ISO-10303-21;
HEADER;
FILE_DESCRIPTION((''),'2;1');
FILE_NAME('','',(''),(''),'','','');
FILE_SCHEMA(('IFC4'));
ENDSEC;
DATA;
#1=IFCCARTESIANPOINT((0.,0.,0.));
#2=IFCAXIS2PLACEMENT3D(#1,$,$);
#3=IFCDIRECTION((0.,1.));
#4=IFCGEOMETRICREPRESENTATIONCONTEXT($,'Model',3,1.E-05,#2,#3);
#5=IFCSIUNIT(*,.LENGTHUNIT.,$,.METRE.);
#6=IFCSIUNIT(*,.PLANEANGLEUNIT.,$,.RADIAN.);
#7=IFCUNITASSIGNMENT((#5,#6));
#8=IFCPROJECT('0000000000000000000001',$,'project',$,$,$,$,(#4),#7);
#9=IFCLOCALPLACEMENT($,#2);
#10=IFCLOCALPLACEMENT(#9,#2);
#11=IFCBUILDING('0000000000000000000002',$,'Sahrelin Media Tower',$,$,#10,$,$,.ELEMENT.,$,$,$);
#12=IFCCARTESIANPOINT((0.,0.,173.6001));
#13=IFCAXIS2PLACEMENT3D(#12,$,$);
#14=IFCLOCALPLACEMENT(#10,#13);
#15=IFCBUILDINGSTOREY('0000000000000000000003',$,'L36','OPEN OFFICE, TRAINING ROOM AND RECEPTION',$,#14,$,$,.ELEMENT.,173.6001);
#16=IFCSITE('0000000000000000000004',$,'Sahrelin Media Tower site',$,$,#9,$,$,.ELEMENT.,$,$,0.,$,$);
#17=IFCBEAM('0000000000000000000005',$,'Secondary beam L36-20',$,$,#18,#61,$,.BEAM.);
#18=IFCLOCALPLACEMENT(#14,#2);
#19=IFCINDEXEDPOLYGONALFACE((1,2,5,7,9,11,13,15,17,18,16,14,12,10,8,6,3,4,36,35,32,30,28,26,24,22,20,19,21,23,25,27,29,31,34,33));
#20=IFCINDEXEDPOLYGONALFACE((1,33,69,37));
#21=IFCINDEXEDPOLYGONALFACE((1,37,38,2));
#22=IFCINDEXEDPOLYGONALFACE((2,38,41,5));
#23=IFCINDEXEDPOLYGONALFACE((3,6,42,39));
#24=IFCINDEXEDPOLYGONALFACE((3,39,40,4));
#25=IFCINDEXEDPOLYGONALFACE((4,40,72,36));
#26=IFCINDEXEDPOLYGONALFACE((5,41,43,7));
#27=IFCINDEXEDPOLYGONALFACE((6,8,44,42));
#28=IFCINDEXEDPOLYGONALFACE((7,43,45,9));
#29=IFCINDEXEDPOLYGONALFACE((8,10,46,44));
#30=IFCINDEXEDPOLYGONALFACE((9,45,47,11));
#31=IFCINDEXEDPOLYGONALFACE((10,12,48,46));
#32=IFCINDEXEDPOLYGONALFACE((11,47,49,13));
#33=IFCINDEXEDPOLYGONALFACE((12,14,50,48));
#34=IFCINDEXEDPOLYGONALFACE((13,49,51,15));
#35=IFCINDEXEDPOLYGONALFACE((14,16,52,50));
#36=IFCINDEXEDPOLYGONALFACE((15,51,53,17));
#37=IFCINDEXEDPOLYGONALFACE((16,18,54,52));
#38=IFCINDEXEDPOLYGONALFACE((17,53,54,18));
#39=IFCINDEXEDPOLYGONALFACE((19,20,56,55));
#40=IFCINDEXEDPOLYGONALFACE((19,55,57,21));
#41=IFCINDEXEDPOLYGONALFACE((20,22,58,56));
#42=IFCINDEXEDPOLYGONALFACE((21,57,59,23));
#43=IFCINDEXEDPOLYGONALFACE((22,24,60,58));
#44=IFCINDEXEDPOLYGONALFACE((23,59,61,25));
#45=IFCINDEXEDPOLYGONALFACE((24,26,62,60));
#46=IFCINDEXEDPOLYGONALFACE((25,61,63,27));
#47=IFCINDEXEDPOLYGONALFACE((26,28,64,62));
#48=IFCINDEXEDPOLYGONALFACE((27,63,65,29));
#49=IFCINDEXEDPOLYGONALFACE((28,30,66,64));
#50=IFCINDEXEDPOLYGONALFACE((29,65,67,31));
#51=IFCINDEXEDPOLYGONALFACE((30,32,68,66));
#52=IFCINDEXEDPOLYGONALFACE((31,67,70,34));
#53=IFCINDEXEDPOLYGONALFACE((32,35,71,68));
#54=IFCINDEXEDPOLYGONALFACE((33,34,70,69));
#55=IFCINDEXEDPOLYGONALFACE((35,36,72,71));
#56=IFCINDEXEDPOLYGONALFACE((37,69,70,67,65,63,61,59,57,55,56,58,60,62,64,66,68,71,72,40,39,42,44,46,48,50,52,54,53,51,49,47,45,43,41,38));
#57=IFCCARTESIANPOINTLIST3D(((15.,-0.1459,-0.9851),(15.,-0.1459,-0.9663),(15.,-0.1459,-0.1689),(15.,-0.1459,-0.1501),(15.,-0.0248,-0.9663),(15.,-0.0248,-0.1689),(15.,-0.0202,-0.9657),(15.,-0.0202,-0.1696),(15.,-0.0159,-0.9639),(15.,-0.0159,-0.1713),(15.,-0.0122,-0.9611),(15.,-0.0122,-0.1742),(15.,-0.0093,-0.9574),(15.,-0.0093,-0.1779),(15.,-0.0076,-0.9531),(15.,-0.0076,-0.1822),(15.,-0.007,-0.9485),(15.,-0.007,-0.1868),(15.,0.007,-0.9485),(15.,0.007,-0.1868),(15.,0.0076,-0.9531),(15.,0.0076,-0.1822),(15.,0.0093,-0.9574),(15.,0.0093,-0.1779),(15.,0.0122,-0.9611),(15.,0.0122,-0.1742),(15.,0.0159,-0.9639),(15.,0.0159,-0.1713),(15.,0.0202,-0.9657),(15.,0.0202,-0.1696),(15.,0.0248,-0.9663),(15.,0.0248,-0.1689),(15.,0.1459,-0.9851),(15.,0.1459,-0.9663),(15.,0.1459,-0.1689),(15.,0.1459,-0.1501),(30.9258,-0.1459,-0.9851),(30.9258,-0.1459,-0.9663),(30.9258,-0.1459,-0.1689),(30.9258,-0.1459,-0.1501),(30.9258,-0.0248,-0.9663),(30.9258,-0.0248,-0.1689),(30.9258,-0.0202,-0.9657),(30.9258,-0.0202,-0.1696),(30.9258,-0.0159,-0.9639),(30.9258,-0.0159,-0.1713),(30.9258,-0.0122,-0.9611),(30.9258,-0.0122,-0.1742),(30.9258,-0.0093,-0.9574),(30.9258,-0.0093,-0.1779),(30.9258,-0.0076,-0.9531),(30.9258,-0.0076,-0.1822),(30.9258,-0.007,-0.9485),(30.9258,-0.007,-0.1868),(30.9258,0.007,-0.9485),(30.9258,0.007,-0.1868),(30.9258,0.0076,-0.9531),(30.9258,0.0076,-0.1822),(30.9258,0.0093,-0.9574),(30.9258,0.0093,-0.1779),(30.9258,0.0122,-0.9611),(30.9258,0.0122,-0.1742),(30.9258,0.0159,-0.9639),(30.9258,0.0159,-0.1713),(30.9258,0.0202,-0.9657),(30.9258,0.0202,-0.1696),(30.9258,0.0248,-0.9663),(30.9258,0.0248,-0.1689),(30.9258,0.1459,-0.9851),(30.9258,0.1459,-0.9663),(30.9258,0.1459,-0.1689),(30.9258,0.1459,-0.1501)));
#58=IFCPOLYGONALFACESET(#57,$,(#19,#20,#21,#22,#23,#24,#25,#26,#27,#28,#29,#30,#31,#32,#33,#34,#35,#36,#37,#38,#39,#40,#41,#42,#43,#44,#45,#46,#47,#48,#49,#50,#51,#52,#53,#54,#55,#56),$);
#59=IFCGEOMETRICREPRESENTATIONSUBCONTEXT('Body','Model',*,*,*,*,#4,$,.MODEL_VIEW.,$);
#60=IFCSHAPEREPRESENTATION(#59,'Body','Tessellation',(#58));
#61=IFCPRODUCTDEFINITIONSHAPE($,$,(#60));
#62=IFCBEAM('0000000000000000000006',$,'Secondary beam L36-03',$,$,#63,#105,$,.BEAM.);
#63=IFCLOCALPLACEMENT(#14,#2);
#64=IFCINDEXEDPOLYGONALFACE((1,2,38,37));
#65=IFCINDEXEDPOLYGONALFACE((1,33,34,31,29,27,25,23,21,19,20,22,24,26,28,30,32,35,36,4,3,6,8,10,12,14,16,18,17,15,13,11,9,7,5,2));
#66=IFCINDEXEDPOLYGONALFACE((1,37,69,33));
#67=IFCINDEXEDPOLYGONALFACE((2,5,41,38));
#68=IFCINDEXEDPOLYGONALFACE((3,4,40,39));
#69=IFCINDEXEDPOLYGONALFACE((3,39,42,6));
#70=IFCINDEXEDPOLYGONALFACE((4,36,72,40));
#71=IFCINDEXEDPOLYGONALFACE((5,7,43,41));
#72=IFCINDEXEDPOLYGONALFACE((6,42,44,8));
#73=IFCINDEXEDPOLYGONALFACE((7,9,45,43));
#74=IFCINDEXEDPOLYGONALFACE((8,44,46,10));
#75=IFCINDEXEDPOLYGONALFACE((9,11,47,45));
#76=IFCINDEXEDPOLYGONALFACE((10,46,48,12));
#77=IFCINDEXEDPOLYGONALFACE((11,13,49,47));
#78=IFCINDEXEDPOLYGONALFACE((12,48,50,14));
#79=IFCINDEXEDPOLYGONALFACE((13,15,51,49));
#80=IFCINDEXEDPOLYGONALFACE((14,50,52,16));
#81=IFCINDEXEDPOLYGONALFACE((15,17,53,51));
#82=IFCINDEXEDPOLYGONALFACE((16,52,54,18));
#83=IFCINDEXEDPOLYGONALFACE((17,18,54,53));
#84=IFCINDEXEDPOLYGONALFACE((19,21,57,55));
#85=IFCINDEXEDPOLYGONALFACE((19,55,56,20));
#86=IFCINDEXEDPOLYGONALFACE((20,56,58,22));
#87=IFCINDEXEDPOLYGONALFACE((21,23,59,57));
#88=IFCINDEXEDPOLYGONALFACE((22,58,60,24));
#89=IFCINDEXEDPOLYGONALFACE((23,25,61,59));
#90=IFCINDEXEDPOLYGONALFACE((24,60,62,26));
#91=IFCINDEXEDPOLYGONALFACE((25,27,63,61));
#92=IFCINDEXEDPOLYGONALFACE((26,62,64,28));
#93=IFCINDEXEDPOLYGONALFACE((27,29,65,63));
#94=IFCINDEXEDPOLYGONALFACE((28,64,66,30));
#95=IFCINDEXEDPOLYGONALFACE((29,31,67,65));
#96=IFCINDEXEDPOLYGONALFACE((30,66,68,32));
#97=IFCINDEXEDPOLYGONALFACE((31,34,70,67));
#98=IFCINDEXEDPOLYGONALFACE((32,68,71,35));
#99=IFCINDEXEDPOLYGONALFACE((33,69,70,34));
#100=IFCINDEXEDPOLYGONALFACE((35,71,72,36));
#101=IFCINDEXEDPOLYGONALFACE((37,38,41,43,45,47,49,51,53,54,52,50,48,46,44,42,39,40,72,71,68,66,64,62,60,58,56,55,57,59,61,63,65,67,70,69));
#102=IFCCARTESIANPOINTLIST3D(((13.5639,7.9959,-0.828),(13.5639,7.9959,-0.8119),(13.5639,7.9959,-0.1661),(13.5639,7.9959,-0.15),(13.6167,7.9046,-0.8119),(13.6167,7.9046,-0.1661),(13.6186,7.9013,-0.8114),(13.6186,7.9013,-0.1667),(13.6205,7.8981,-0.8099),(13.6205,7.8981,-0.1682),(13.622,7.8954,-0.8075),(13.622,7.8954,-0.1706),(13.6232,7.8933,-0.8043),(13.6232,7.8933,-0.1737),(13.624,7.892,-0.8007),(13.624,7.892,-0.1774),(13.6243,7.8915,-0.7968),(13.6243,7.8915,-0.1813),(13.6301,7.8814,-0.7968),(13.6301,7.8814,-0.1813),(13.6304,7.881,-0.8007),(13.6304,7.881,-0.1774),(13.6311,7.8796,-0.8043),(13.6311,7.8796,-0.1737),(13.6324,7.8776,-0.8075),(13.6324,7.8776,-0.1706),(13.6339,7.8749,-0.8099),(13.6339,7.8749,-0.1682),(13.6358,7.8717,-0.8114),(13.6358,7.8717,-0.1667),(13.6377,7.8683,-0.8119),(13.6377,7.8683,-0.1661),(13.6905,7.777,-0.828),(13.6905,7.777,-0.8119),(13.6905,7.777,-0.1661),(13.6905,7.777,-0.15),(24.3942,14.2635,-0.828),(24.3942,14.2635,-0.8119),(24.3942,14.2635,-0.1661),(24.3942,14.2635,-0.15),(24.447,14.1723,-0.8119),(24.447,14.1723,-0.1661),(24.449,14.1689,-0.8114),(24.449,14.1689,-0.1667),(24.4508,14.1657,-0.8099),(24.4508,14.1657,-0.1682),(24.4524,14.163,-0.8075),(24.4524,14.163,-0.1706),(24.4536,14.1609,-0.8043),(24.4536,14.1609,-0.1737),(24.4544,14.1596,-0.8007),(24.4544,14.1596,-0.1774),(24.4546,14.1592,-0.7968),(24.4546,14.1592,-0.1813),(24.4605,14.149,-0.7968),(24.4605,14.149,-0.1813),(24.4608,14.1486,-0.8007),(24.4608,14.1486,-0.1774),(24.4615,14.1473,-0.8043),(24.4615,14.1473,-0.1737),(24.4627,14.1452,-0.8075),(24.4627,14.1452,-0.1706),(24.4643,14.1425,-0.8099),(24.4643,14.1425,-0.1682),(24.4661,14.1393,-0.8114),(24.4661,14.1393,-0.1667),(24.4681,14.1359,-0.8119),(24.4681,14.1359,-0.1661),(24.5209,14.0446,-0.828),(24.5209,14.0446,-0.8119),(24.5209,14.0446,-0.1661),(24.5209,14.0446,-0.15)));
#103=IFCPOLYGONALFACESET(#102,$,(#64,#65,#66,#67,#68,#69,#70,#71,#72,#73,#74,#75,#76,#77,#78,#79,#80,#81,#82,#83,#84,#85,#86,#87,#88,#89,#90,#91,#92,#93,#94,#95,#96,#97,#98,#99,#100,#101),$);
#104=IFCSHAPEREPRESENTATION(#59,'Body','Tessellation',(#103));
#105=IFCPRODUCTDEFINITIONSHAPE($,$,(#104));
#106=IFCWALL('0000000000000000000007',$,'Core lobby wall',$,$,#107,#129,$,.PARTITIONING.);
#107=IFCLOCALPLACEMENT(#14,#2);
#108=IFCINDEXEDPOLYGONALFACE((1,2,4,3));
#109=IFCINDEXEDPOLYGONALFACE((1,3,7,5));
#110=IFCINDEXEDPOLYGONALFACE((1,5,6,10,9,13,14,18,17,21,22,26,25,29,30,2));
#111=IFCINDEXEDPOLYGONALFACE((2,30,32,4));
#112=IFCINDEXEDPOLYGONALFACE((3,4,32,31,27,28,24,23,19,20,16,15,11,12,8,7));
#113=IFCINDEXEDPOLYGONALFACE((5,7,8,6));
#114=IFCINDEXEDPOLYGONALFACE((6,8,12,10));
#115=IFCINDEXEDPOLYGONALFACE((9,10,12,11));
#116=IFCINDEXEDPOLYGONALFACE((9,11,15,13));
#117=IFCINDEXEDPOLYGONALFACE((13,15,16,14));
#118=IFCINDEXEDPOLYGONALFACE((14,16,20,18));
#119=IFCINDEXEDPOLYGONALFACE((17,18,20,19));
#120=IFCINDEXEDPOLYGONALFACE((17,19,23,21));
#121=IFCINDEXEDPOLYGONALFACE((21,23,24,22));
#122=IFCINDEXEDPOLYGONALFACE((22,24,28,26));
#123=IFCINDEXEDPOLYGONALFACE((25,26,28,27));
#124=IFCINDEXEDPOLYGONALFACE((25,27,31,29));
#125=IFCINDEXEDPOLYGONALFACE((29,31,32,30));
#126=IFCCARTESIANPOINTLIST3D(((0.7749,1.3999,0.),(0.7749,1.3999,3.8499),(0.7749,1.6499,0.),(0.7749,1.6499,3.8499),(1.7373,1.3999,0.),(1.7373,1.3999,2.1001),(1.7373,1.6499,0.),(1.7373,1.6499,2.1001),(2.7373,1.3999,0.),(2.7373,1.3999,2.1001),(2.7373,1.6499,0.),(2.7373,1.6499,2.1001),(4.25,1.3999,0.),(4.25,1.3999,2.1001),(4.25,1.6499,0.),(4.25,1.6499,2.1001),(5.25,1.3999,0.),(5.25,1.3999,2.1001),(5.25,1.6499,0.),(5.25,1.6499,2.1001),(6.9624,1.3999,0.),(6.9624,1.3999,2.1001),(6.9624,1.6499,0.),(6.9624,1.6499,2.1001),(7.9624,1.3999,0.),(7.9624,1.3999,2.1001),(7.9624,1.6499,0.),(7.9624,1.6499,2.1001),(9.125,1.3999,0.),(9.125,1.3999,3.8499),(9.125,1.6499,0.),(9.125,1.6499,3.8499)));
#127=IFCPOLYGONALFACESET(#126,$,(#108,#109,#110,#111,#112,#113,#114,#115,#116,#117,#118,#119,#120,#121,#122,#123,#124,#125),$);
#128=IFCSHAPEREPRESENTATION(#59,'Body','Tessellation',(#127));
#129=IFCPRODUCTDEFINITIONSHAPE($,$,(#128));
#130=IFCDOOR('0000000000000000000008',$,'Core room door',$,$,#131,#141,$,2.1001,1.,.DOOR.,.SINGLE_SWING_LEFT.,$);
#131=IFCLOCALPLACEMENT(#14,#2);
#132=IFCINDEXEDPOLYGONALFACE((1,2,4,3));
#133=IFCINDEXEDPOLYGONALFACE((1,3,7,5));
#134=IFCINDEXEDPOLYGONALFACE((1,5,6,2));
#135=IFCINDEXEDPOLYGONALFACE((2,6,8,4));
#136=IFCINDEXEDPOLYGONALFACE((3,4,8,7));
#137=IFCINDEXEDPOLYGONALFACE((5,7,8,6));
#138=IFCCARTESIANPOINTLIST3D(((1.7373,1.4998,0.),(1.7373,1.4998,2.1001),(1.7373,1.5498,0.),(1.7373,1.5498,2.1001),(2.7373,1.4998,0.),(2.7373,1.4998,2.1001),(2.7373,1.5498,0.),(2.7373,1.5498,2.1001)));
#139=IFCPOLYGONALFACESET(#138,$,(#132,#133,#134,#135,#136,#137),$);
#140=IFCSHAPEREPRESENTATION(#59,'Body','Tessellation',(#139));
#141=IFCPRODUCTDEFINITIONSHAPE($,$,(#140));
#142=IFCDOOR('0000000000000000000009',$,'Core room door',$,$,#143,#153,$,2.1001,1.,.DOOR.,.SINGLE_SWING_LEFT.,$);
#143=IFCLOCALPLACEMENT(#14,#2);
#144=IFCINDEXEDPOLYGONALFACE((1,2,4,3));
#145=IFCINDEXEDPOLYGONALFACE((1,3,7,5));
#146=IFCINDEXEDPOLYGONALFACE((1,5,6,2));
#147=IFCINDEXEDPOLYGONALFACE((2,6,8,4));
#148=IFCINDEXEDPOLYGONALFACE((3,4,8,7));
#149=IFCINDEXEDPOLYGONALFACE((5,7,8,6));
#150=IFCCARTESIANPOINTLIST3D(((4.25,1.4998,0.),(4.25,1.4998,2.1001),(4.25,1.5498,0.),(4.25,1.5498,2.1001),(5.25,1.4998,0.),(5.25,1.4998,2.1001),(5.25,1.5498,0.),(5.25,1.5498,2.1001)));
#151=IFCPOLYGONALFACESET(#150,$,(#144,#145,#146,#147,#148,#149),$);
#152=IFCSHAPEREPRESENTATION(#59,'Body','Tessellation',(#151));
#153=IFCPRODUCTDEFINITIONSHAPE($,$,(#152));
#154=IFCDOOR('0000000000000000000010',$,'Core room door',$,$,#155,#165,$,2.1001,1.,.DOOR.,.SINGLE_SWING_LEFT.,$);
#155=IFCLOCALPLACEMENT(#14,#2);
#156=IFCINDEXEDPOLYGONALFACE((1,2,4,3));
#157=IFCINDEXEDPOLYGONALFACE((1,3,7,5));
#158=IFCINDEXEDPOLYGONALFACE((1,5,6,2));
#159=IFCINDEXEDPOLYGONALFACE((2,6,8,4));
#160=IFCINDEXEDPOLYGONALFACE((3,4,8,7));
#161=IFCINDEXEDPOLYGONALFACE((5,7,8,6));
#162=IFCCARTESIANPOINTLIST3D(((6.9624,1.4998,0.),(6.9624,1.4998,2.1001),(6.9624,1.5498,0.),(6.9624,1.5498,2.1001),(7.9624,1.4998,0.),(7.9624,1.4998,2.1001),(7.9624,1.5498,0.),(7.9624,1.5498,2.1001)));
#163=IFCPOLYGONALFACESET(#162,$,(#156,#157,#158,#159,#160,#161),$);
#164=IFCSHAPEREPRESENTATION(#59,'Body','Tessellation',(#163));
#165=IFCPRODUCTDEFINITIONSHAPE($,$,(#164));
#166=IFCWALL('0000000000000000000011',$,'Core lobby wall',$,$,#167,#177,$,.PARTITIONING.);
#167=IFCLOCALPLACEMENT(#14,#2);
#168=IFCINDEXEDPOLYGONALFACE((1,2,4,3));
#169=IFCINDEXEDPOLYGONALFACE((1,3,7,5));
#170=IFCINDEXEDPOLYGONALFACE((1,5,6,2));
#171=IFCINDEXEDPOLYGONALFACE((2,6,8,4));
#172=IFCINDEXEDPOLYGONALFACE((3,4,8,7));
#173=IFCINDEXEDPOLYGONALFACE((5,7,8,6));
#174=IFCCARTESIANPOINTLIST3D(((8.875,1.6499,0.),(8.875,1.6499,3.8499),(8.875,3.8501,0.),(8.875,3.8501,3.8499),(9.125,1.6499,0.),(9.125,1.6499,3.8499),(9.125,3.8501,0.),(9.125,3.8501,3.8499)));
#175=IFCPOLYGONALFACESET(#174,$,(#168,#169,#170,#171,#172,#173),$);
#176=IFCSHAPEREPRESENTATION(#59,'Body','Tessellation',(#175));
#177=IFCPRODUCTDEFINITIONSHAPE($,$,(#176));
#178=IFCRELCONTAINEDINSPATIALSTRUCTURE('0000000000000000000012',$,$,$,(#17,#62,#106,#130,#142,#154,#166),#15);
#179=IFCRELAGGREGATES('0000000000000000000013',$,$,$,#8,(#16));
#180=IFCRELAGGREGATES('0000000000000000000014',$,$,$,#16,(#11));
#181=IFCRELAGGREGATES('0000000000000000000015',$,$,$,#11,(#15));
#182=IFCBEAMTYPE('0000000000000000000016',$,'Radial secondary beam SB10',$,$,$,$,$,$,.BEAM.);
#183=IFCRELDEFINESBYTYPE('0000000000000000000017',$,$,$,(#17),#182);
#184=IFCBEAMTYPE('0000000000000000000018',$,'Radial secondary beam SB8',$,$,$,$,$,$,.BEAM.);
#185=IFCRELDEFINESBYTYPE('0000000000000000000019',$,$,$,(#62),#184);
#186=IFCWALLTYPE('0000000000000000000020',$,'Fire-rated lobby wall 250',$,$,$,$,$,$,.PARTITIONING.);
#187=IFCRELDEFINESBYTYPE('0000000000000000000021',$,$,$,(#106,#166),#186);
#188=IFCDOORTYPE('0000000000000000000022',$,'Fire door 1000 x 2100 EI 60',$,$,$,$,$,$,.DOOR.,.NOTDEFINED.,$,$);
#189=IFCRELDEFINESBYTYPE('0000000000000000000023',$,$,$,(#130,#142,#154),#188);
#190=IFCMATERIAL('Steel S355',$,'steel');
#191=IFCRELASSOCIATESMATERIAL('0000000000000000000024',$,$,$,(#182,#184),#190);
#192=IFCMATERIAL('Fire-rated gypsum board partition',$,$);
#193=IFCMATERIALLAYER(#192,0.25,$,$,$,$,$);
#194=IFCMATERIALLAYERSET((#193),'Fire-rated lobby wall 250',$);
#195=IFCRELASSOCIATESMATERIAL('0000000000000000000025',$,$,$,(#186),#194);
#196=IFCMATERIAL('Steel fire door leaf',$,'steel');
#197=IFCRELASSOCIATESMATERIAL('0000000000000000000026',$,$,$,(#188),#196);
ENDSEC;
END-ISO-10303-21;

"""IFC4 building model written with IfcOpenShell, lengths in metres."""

from ifc_helpers import new_model, si_unit, direction, frame, frame_2d, origin, origin_2d, place, context, subcontext, project, spatial, rectangle, i_section, extrude, material, layer, layer_set, material_profile, profile_set, type_object, element, fill, save


model = new_model("IFC4")

# Units and contexts
model_context = context("Model", 3, precision=1e-05, world=origin(), true_north=direction((0.0, 1.0)))
body_context = subcontext(model_context, "Body", "Model", "MODEL_VIEW")
ifc_project = project(units=[si_unit("LENGTHUNIT", "METRE"), si_unit("PLANEANGLEUNIT", "RADIAN")], contexts=[model_context])

# Site, building, storey
site_placement = place(None, origin())
site = spatial("IfcSite", under=ifc_project, at=site_placement, Name="Sahrelin Media Tower site", CompositionType="ELEMENT", RefElevation=0.0)
building_placement = place(site_placement, origin())
building = spatial("IfcBuilding", under=site, at=building_placement, Name="Sahrelin Media Tower", CompositionType="ELEMENT")
storey_placement = place(building_placement, frame((0.0, 0.0, 173.6001)))
storey = spatial("IfcBuildingStorey", under=building, at=storey_placement, Name="L36", Description="OPEN OFFICE, TRAINING ROOM AND RECEPTION", CompositionType="ELEMENT", Elevation=173.6001)

# Beams
ifc_material_1 = material(Name="Steel S355", Category="steel")
ifc_material_profile_1 = material_profile(ifc_material_1, i_section(OverallWidth=0.2917, OverallDepth=0.835, WebThickness=0.0139, FlangeThickness=0.0188, FilletRadius=0.0178, at=origin_2d()), Name="UB 838x292x176")
ifc_profile_set_1 = profile_set([ifc_material_profile_1], Name="Steel S355")
beam_type_1 = type_object("IfcBeamType", Name="Radial secondary beam SB10", PredefinedType="BEAM", material=ifc_profile_set_1)
beam_1_placement = place(storey_placement, frame((15.0, 0.0, -0.5676), z_axis=(1.0, 0.0, 0.0), x_axis=(0.0, 1.0, 0.0)))
element("IfcBeam", 1, at=beam_1_placement, inside=storey, type_object=beam_type_1, Name="Secondary beam L36-20", PredefinedType="BEAM", context=body_context, shape_type="SweptSolid", body=[
    extrude(i_section(OverallWidth=0.2917, OverallDepth=0.835, WebThickness=0.0139, FlangeThickness=0.0188, FilletRadius=0.0178, at=origin_2d()), origin(), (0.0, 0.0, 1.0), 15.9258),
])
ifc_material_profile_2 = material_profile(ifc_material_1, i_section(OverallWidth=0.2529, OverallDepth=0.678, WebThickness=0.0117, FlangeThickness=0.0161, FilletRadius=0.0151, at=origin_2d()), Name="UB 686x254x125")
ifc_profile_set_2 = profile_set([ifc_material_profile_2], Name="Steel S355")
beam_type_2 = type_object("IfcBeamType", Name="Radial secondary beam SB8", PredefinedType="BEAM", material=ifc_profile_set_2)
beam_2_placement = place(storey_placement, frame((13.6272, 7.8865, -0.489), z_axis=(0.865517, 0.50088, 0.0), x_axis=(-0.50088, 0.865517, 0.0)))
element("IfcBeam", 2, at=beam_2_placement, inside=storey, type_object=beam_type_2, Name="Secondary beam L36-03", PredefinedType="BEAM", context=body_context, shape_type="SweptSolid", body=[
    extrude(i_section(OverallWidth=0.2529, OverallDepth=0.678, WebThickness=0.0117, FlangeThickness=0.0161, FilletRadius=0.0151, at=origin_2d()), origin(), (0.0, 0.0, 1.0), 12.5132),
])

# Wall, openings, doors
ifc_material_2 = material(Name="Fire-rated gypsum board partition")
ifc_layer_1 = layer(ifc_material_2, 0.25)
ifc_layer_set_1 = layer_set([ifc_layer_1], Name="Fire-rated lobby wall 250")
wall_type_1 = type_object("IfcWallType", Name="Fire-rated lobby wall 250", PredefinedType="PARTITIONING", material=ifc_layer_set_1)
wall_1_placement = place(storey_placement, frame((0.7749, 1.5249, 0.0), z_axis=(0.0, 0.0, 1.0), x_axis=(1.0, 0.0, 0.0)))
wall_1 = element("IfcWall", 3, at=wall_1_placement, inside=storey, type_object=wall_type_1, Name="Core lobby wall", PredefinedType="PARTITIONING", context=body_context, shape_type="SweptSolid", body=[
    extrude(rectangle(XDim=8.3501, YDim=0.25, at=frame_2d((4.175, 0.0))), origin(), (0.0, 0.0, 1.0), 3.8499),
])
opening_1_placement = place(wall_1_placement, frame((0.9624, 0.0, 0.0)))
opening_1 = element("IfcOpeningElement", 4, at=opening_1_placement, cuts=wall_1, PredefinedType="OPENING", context=body_context, shape_type="SweptSolid", body=[
    extrude(rectangle(XDim=1.0, YDim=2.1001, at=frame_2d((0.5, 1.05))), frame((0.0, 0.125, 0.0), z_axis=(0.0, -1.0, 0.0), x_axis=(1.0, 0.0, 0.0)), (0.0, 0.0, 1.0), 0.25),
])
opening_2_placement = place(wall_1_placement, frame((3.4751, 0.0, 0.0)))
opening_2 = element("IfcOpeningElement", 5, at=opening_2_placement, cuts=wall_1, PredefinedType="OPENING", context=body_context, shape_type="SweptSolid", body=[
    extrude(rectangle(XDim=1.0, YDim=2.1001, at=frame_2d((0.5, 1.05))), frame((0.0, 0.125, 0.0), z_axis=(0.0, -1.0, 0.0), x_axis=(1.0, 0.0, 0.0)), (0.0, 0.0, 1.0), 0.25),
])
opening_3_placement = place(wall_1_placement, frame((6.1875, 0.0, 0.0)))
opening_3 = element("IfcOpeningElement", 6, at=opening_3_placement, cuts=wall_1, PredefinedType="OPENING", context=body_context, shape_type="SweptSolid", body=[
    extrude(rectangle(XDim=1.0, YDim=2.1001, at=frame_2d((0.5, 1.05))), frame((0.0, 0.125, 0.0), z_axis=(0.0, -1.0, 0.0), x_axis=(1.0, 0.0, 0.0)), (0.0, 0.0, 1.0), 0.25),
])
ifc_material_3 = material(Name="Steel fire door leaf", Category="steel")
door_type_1 = type_object("IfcDoorType", Name="Fire door 1000 x 2100 EI 60", OperationType="NOTDEFINED", PredefinedType="DOOR", material=ifc_material_3)
door_1_placement = place(opening_1_placement, origin())
door_1 = element("IfcDoor", 7, at=door_1_placement, inside=storey, type_object=door_type_1, Name="Core room door", OperationType="SINGLE_SWING_LEFT", OverallHeight=2.1001, OverallWidth=1.0, PredefinedType="DOOR", context=body_context, shape_type="SweptSolid", body=[
    extrude(rectangle(XDim=1.0, YDim=2.1001, at=frame_2d((0.5, 1.05))), frame((0.0, 0.0249, 0.0), z_axis=(0.0, -1.0, 0.0), x_axis=(1.0, 0.0, 0.0)), (0.0, 0.0, 1.0), 0.05),
])
fill(opening_1, door_1)
door_2_placement = place(opening_2_placement, origin())
door_2 = element("IfcDoor", 8, at=door_2_placement, inside=storey, type_object=door_type_1, Name="Core room door", OperationType="SINGLE_SWING_LEFT", OverallHeight=2.1001, OverallWidth=1.0, PredefinedType="DOOR", context=body_context, shape_type="SweptSolid", body=[
    extrude(rectangle(XDim=1.0, YDim=2.1001, at=frame_2d((0.5, 1.05))), frame((0.0, 0.0249, 0.0), z_axis=(0.0, -1.0, 0.0), x_axis=(1.0, 0.0, 0.0)), (0.0, 0.0, 1.0), 0.05),
])
fill(opening_2, door_2)
door_3_placement = place(opening_3_placement, origin())
door_3 = element("IfcDoor", 9, at=door_3_placement, inside=storey, type_object=door_type_1, Name="Core room door", OperationType="SINGLE_SWING_LEFT", OverallHeight=2.1001, OverallWidth=1.0, PredefinedType="DOOR", context=body_context, shape_type="SweptSolid", body=[
    extrude(rectangle(XDim=1.0, YDim=2.1001, at=frame_2d((0.5, 1.05))), frame((0.0, 0.0249, 0.0), z_axis=(0.0, -1.0, 0.0), x_axis=(1.0, 0.0, 0.0)), (0.0, 0.0, 1.0), 0.05),
])
fill(opening_3, door_3)

# Wall
for number, where, z_axis, x_axis, name in (
    (10, (9.0, 1.6499, 0.0), (0.0, 0.0, 1.0), (0.0, 1.0, 0.0), "Core lobby wall"),
):
    element("IfcWall", number, at=place(storey_placement, frame(where, z_axis=z_axis, x_axis=x_axis)), inside=storey, type_object=wall_type_1, Name=name, PredefinedType="PARTITIONING", context=body_context, shape_type="SweptSolid", body=[
        extrude(rectangle(XDim=2.2002, YDim=0.25, at=frame_2d((1.1001, 0.0))), origin(), (0.0, 0.0, 1.0), 3.8499),
    ])

save(model, "model.ifc")
